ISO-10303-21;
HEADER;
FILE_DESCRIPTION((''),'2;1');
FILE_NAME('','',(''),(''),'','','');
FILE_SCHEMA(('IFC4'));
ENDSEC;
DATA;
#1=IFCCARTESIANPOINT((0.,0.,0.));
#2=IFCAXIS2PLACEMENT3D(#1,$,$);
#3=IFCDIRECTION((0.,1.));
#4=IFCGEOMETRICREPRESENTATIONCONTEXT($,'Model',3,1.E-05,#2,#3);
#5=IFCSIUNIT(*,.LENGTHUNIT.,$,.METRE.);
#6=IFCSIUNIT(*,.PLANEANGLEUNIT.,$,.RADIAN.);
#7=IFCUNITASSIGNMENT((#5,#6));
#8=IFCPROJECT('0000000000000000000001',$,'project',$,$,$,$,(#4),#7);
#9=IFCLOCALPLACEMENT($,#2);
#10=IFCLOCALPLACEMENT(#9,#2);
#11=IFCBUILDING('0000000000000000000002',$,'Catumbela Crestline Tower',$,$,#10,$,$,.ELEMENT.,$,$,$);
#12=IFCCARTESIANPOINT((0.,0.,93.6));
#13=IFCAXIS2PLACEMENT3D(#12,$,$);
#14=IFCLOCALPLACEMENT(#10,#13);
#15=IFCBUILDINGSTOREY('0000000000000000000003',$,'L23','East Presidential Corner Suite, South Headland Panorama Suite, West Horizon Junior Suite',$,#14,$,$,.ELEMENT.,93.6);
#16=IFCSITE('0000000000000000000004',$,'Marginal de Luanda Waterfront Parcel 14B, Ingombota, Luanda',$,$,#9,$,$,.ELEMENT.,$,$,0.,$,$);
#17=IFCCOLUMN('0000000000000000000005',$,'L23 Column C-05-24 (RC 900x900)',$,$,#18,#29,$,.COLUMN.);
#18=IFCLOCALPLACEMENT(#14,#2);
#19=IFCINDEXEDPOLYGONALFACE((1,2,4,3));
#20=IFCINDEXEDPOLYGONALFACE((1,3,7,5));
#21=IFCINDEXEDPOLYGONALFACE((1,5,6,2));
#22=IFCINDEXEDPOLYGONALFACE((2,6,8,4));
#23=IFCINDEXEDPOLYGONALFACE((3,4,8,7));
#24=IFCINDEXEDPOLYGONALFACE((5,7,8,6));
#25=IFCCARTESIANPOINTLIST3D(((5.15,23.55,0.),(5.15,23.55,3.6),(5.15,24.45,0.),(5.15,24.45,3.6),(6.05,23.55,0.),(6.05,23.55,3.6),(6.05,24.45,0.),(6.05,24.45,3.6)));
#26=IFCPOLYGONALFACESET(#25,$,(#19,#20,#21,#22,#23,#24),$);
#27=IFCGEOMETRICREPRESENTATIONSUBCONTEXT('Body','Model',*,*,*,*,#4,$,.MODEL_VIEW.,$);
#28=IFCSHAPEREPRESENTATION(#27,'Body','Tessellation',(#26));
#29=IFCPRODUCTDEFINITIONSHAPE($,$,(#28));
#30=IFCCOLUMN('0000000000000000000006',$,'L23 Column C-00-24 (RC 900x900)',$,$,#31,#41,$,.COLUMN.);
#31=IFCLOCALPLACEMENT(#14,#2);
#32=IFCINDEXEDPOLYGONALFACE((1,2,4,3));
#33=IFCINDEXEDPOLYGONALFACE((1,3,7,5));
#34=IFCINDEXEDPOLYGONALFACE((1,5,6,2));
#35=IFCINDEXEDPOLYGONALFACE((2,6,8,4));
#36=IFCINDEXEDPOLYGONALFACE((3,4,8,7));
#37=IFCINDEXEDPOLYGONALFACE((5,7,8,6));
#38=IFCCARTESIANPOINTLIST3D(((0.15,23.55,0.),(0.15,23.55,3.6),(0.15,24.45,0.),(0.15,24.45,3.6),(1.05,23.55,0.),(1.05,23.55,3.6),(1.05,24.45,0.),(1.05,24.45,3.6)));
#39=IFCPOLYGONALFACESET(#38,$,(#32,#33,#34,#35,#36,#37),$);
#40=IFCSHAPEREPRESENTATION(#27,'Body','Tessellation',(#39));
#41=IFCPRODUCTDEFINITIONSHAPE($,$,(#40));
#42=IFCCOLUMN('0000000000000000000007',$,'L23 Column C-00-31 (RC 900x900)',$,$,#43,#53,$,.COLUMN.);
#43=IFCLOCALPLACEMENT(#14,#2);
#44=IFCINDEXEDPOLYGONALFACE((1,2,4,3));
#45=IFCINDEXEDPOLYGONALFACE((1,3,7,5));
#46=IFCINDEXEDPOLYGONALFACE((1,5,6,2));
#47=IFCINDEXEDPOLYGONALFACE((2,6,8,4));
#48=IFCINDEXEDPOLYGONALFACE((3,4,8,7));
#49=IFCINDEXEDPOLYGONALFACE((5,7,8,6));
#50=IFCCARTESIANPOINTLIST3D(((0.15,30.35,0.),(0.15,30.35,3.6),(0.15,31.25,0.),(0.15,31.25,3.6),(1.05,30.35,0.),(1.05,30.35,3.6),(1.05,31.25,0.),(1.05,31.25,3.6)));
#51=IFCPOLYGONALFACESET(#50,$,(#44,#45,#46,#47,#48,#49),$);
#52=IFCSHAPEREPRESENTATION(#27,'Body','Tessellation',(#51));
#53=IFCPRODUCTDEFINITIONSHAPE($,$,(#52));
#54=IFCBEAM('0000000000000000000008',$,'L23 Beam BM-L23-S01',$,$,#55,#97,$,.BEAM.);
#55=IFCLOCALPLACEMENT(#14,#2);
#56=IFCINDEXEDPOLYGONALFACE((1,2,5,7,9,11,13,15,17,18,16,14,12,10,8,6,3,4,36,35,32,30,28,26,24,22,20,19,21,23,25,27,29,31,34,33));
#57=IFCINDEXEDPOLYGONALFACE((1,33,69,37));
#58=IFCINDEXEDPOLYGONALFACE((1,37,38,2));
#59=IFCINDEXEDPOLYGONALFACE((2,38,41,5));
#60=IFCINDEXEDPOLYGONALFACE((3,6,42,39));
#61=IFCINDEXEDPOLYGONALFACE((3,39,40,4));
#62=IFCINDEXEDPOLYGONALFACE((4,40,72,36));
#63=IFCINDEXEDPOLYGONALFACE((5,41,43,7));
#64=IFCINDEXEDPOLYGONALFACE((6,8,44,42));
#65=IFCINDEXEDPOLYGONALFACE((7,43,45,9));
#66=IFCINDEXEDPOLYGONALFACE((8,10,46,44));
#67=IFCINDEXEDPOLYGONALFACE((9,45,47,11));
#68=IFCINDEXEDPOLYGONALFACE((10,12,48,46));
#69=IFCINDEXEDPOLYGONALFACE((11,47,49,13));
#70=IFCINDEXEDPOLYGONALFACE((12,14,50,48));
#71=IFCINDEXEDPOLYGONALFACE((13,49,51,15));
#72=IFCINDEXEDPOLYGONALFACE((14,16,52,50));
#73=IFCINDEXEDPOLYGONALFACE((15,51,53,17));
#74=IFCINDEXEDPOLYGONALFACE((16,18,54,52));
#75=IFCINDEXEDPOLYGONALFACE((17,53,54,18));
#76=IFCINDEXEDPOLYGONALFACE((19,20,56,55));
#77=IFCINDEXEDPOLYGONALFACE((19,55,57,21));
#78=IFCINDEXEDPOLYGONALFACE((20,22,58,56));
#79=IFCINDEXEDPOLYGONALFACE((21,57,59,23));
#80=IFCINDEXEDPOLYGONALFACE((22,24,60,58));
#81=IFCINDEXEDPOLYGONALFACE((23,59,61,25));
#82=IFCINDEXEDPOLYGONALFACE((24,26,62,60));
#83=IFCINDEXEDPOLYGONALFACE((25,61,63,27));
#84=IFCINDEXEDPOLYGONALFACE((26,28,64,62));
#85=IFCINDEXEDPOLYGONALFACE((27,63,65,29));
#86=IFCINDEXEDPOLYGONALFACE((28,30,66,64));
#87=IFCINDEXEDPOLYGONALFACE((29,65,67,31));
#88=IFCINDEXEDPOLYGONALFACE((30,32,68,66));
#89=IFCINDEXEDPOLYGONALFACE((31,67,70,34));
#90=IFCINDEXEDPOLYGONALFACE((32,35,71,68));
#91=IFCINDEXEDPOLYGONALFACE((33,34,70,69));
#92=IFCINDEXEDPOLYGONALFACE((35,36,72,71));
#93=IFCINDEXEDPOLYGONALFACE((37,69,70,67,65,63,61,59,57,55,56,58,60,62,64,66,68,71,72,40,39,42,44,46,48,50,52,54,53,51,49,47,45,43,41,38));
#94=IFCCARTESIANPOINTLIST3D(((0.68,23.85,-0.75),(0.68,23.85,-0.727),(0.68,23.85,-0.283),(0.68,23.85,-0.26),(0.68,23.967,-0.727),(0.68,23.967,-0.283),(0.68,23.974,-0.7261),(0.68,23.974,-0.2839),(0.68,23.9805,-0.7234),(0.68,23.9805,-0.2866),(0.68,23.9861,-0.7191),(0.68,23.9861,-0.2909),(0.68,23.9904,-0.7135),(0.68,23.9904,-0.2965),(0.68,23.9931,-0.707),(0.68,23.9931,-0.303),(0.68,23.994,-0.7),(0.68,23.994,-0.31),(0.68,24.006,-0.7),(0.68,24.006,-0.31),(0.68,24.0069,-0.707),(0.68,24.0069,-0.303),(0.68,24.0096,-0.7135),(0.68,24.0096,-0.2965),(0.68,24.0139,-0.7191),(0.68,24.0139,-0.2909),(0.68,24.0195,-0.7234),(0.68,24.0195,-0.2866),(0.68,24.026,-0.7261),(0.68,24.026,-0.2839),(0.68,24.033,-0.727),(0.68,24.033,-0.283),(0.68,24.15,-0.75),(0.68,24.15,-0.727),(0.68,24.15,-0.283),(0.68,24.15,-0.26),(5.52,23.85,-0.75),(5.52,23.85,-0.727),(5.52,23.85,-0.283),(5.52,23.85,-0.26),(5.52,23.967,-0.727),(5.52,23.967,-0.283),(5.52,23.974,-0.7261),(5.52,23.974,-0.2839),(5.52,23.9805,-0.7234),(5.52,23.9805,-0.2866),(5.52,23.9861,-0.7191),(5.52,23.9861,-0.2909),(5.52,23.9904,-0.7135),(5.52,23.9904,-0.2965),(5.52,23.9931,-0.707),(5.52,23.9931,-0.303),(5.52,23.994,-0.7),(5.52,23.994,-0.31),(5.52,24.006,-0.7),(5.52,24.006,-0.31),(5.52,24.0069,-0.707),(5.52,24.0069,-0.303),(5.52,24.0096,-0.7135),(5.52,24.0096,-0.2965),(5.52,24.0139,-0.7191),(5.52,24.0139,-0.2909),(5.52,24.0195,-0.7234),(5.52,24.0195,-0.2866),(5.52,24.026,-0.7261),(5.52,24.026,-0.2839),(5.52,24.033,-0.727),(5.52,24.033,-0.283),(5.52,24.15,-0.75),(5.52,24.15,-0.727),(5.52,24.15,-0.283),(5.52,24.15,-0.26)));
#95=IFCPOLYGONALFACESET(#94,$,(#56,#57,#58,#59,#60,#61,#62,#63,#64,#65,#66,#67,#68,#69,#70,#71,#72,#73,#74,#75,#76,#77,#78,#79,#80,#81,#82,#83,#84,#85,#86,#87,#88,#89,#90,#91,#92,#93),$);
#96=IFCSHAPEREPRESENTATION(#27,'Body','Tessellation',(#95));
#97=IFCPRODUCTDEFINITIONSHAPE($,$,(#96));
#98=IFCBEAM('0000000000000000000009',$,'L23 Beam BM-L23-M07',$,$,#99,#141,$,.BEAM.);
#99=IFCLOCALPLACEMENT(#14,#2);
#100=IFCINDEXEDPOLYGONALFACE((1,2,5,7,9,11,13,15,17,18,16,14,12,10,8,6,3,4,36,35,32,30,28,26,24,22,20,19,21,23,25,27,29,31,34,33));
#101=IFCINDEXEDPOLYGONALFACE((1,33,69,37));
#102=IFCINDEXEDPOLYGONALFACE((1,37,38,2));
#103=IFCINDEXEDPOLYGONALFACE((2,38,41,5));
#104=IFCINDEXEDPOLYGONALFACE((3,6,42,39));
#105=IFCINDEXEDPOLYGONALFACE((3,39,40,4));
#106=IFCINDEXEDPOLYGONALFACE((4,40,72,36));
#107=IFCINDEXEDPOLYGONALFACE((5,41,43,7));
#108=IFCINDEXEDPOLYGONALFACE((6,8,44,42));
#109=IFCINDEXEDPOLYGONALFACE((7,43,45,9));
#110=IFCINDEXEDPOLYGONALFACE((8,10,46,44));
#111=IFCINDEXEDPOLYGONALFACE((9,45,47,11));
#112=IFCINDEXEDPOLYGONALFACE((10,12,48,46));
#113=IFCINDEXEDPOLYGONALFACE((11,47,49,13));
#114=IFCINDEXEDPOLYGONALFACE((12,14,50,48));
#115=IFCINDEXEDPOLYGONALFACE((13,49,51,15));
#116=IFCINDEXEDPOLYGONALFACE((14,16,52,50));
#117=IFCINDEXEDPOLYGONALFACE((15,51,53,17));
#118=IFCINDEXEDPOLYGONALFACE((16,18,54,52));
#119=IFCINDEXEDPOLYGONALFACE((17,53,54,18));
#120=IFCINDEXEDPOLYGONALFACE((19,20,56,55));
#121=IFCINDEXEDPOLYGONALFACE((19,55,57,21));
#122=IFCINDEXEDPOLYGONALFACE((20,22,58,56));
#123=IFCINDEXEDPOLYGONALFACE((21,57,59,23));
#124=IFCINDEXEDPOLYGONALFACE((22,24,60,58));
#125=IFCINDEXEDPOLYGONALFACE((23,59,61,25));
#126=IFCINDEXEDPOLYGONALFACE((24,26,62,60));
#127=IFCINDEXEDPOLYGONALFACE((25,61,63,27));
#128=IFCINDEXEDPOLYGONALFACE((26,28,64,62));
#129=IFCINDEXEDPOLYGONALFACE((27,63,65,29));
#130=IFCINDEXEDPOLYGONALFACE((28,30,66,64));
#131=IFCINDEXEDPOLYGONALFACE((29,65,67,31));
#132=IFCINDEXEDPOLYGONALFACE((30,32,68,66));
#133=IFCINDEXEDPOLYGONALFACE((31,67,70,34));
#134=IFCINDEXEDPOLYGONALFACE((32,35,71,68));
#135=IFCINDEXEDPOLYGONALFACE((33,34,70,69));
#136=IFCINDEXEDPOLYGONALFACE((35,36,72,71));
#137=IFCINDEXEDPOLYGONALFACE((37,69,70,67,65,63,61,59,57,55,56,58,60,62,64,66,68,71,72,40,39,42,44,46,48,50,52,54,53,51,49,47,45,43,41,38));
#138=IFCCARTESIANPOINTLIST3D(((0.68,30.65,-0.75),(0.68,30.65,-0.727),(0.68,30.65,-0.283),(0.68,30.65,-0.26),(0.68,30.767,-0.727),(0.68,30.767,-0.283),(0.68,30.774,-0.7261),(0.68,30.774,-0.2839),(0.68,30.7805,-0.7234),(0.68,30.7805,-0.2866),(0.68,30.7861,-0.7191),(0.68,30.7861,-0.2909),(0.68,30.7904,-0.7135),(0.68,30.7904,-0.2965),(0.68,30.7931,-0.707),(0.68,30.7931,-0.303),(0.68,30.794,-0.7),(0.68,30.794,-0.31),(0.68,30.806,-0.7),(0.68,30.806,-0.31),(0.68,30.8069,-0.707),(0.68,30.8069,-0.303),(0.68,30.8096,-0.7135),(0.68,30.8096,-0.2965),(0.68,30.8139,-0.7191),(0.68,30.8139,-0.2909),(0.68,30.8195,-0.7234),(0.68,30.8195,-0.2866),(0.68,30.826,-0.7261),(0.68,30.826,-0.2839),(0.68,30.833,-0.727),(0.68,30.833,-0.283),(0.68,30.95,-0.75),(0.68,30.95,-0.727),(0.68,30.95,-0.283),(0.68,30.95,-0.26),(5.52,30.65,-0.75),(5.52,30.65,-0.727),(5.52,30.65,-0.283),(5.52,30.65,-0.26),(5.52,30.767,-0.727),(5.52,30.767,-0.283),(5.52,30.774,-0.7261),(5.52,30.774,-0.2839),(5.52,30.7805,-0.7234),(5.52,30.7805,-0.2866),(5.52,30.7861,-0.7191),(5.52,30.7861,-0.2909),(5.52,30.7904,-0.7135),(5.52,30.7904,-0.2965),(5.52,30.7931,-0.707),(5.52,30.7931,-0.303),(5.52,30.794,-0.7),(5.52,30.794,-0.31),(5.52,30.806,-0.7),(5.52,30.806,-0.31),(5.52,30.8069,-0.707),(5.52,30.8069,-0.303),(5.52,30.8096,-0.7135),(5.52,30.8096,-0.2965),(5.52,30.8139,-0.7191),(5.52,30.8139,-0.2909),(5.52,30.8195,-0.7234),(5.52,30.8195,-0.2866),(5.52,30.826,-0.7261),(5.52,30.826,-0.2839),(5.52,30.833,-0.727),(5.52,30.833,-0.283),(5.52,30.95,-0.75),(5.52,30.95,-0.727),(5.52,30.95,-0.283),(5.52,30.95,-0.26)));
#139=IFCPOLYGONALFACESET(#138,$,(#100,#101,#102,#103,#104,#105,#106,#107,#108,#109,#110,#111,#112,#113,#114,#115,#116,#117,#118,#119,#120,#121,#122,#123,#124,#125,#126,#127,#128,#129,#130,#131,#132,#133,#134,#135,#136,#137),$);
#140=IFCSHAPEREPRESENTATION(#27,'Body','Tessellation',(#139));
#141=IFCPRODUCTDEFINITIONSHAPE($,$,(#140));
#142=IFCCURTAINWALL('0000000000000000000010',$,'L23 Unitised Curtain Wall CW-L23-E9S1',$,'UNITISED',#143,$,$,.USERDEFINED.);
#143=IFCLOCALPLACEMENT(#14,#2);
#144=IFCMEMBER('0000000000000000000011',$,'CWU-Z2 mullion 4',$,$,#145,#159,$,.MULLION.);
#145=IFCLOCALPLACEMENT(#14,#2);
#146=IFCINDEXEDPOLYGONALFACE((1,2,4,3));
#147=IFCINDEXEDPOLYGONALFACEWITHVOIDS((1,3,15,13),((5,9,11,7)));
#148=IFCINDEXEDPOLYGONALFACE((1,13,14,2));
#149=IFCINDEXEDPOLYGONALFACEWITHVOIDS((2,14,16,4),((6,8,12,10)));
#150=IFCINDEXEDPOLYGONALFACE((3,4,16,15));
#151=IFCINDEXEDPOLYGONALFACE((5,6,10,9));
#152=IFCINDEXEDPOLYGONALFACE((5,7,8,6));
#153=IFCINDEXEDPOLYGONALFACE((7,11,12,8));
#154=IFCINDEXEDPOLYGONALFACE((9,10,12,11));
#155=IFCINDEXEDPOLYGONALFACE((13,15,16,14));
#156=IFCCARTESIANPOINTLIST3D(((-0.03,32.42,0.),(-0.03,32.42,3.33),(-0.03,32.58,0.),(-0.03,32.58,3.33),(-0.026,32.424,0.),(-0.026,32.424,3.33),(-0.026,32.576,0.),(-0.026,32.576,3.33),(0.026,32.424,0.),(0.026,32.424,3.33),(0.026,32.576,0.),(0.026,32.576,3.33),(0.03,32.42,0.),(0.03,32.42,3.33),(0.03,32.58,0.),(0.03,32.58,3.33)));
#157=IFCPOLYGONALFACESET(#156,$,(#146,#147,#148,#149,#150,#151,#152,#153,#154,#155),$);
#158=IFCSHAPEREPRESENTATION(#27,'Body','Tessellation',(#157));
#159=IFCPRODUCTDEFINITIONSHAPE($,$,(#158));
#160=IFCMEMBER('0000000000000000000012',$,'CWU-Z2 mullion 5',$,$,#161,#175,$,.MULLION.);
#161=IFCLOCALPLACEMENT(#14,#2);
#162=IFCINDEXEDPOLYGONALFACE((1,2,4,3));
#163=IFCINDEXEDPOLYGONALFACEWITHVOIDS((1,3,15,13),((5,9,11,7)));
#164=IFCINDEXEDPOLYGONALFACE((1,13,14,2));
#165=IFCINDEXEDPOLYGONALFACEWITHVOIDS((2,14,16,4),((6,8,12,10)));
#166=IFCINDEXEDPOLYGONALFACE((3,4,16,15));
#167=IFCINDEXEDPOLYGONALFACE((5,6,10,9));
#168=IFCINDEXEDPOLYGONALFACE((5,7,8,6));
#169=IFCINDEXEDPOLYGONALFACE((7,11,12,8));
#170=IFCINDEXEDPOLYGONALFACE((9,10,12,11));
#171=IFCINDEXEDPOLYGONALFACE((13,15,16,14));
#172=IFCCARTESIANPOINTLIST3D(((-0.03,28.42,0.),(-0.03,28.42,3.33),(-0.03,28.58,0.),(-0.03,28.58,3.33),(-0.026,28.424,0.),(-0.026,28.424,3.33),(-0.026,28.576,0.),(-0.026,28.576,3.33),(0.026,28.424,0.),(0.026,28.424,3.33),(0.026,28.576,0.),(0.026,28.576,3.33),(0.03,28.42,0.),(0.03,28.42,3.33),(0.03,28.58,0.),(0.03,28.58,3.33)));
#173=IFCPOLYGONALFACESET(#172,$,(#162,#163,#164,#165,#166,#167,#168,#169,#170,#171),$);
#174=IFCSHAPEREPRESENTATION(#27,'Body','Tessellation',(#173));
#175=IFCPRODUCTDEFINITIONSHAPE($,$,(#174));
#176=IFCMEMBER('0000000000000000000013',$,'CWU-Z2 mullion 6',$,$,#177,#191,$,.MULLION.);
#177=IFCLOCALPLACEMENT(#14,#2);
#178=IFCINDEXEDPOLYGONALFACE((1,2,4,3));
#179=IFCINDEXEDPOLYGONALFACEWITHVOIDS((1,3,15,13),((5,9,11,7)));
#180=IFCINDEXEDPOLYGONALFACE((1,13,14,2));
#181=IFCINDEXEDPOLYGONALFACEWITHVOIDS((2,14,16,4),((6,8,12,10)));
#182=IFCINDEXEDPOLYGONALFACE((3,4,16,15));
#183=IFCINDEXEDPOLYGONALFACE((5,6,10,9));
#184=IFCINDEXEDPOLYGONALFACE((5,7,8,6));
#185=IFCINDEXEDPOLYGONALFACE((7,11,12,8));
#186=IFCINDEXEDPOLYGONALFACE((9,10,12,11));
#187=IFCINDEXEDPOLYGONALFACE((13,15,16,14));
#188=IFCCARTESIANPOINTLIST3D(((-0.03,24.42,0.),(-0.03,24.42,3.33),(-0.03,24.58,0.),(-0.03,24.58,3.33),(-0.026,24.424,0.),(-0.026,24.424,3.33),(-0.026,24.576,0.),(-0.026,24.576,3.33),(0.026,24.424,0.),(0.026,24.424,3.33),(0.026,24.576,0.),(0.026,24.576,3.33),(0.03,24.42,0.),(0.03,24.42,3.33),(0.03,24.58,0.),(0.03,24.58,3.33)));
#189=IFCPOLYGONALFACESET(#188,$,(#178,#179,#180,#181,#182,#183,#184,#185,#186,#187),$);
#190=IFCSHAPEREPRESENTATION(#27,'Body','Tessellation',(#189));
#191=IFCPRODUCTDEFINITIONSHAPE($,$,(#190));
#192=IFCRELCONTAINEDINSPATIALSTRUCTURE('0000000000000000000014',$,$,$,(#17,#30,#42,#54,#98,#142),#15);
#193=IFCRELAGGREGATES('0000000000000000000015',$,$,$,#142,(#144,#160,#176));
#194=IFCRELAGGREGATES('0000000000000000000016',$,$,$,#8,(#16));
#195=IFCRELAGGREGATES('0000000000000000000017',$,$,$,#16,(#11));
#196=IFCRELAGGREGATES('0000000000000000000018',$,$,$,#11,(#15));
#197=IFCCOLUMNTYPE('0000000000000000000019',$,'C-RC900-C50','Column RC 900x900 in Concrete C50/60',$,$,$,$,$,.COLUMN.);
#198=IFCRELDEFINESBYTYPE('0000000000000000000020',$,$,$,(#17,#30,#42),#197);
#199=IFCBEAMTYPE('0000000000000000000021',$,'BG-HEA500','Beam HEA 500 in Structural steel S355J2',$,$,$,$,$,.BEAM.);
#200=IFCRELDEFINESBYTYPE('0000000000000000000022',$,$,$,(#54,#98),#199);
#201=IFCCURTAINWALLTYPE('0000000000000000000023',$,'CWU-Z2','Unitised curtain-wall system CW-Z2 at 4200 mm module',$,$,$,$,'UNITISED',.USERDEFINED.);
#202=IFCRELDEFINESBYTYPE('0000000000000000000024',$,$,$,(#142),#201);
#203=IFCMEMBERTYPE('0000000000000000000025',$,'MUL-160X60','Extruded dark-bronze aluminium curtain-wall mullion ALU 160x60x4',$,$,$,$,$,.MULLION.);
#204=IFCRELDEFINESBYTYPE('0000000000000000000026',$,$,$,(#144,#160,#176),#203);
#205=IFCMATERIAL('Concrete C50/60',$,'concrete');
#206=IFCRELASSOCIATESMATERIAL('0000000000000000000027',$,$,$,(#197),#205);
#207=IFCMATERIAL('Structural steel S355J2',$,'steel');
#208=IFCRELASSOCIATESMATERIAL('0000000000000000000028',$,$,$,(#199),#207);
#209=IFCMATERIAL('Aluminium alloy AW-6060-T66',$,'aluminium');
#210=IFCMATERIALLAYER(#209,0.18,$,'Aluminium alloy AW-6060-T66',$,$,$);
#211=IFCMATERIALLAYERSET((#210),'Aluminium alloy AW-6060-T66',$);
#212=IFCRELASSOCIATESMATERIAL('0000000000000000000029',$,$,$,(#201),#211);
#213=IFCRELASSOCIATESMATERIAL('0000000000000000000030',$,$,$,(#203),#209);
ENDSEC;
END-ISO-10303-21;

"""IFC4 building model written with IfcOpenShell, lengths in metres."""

from ifc_helpers import new_model, si_unit, direction, frame, origin, origin_2d, place, context, subcontext, project, spatial, rectangle, hollow_rectangle, i_section, extrude, material, layer, layer_set, material_profile, profile_set, type_object, element, aggregate, save


model = new_model("IFC4")

# Units and contexts
model_context = context("Model", 3, precision=1e-05, world=origin(), true_north=direction((0.0, 1.0)))
body_context = subcontext(model_context, "Body", "Model", "MODEL_VIEW")
ifc_project = project(units=[si_unit("LENGTHUNIT", "METRE"), si_unit("PLANEANGLEUNIT", "RADIAN")], contexts=[model_context])

# Site, building, storey
site_placement = place(None, origin())
site = spatial("IfcSite", under=ifc_project, at=site_placement, Name="Marginal de Luanda Waterfront Parcel 14B, Ingombota, Luanda", CompositionType="ELEMENT", RefElevation=0.0)
building_placement = place(site_placement, origin())
building = spatial("IfcBuilding", under=site, at=building_placement, Name="Catumbela Crestline Tower", CompositionType="ELEMENT")
storey_placement = place(building_placement, frame((0.0, 0.0, 93.6)))
storey = spatial("IfcBuildingStorey", under=building, at=storey_placement, Name="L23", Description="East Presidential Corner Suite, South Headland Panorama Suite, West Horizon Junior Suite", CompositionType="ELEMENT", Elevation=93.6)

# Columns
ifc_material_1 = material(Name="Concrete C50/60", Category="concrete")
ifc_material_profile_1 = material_profile(ifc_material_1, rectangle(XDim=0.9, YDim=0.9, at=origin_2d()), Name="RC 900x900")
ifc_profile_set_1 = profile_set([ifc_material_profile_1], Name="Concrete C50/60")
column_type = type_object("IfcColumnType", Name="C-RC900-C50", Description="Column RC 900x900 in Concrete C50/60", PredefinedType="COLUMN", material=ifc_profile_set_1)
for number, where, z_axis, x_axis, name in (
    (1, (5.6, 24.0, 0.0), (0.0, 0.0, 1.0), (1.0, 0.0, 0.0), "L23 Column C-05-24 (RC 900x900)"),
    (2, (0.6, 24.0, 0.0), (0.0, 0.0, 1.0), (1.0, 0.0, 0.0), "L23 Column C-00-24 (RC 900x900)"),
    (3, (0.6, 30.8, 0.0), (0.0, 0.0, 1.0), (1.0, 0.0, 0.0), "L23 Column C-00-31 (RC 900x900)"),
):
    element("IfcColumn", number, at=place(storey_placement, frame(where, z_axis=z_axis, x_axis=x_axis)), inside=storey, type_object=column_type, Name=name, PredefinedType="COLUMN", context=body_context, shape_type="SweptSolid", body=[
        extrude(rectangle(XDim=0.9, YDim=0.9, at=origin_2d()), origin(), (0.0, 0.0, 1.0), 3.6),
    ])

# Beams
ifc_material_2 = material(Name="Structural steel S355J2", Category="steel")
ifc_material_profile_2 = material_profile(ifc_material_2, i_section(OverallWidth=0.3, OverallDepth=0.49, WebThickness=0.012, FlangeThickness=0.023, FilletRadius=0.027, at=origin_2d()), Name="HEA 500")
ifc_profile_set_2 = profile_set([ifc_material_profile_2], Name="Structural steel S355J2")
beam_type_1 = type_object("IfcBeamType", Name="BG-HEA500", Description="Beam HEA 500 in Structural steel S355J2", PredefinedType="BEAM", material=ifc_profile_set_2)
for number, where, z_axis, x_axis, name in (
    (4, (0.68, 24.0, -0.505), (1.0, 0.0, 0.0), (0.0, 1.0, 0.0), "L23 Beam BM-L23-S01"),
    (5, (0.68, 30.8, -0.505), (1.0, 0.0, 0.0), (0.0, 1.0, 0.0), "L23 Beam BM-L23-M07"),
):
    element("IfcBeam", number, at=place(storey_placement, frame(where, z_axis=z_axis, x_axis=x_axis)), inside=storey, type_object=beam_type_1, Name=name, PredefinedType="BEAM", context=body_context, shape_type="SweptSolid", body=[
        extrude(i_section(OverallWidth=0.3, OverallDepth=0.49, WebThickness=0.012, FlangeThickness=0.023, FilletRadius=0.027, at=origin_2d()), origin(), (0.0, 0.0, 1.0), 4.84),
    ])

# Curtain wall, members
ifc_material_3 = material(Name="Aluminium alloy AW-6060-T66", Category="aluminium")
ifc_layer_1 = layer(ifc_material_3, 0.18, Name="Aluminium alloy AW-6060-T66")
ifc_layer_set_1 = layer_set([ifc_layer_1], Name="Aluminium alloy AW-6060-T66")
curtain_wall_type = type_object("IfcCurtainWallType", Name="CWU-Z2", Description="Unitised curtain-wall system CW-Z2 at 4200 mm module", ElementType="UNITISED", PredefinedType="USERDEFINED", material=ifc_layer_set_1)
curtain_wall_placement = place(storey_placement, origin())
curtain_wall = element("IfcCurtainWall", 6, at=curtain_wall_placement, inside=storey, type_object=curtain_wall_type, Name="L23 Unitised Curtain Wall CW-L23-E9S1", ObjectType="UNITISED", PredefinedType="USERDEFINED")
ifc_material_profile_3 = material_profile(ifc_material_3, hollow_rectangle(XDim=0.06, YDim=0.16, WallThickness=0.004, at=origin_2d()), Name="ALU 160x60x4")
ifc_profile_set_3 = profile_set([ifc_material_profile_3], Name="Aluminium alloy AW-6060-T66")
member_type_1 = type_object("IfcMemberType", Name="MUL-160X60", Description="Extruded dark-bronze aluminium curtain-wall mullion ALU 160x60x4", PredefinedType="MULLION", material=ifc_profile_set_3)
member_1_placement = place(storey_placement, frame((0.0, 32.5, 0.0), z_axis=(0.0, 0.0, 1.0), x_axis=(1.0, 0.0, 0.0)))
member_1 = element("IfcMember", 7, at=member_1_placement, type_object=member_type_1, Name="CWU-Z2 mullion 4", PredefinedType="MULLION", context=body_context, shape_type="SweptSolid", body=[
    extrude(hollow_rectangle(XDim=0.06, YDim=0.16, WallThickness=0.004, at=origin_2d()), origin(), (0.0, 0.0, 1.0), 3.33),
])
member_2_placement = place(storey_placement, frame((0.0, 28.5, 0.0), z_axis=(0.0, 0.0, 1.0), x_axis=(1.0, 0.0, 0.0)))
member_2 = element("IfcMember", 8, at=member_2_placement, type_object=member_type_1, Name="CWU-Z2 mullion 5", PredefinedType="MULLION", context=body_context, shape_type="SweptSolid", body=[
    extrude(hollow_rectangle(XDim=0.06, YDim=0.16, WallThickness=0.004, at=origin_2d()), origin(), (0.0, 0.0, 1.0), 3.33),
])
member_3_placement = place(storey_placement, frame((0.0, 24.5, 0.0), z_axis=(0.0, 0.0, 1.0), x_axis=(1.0, 0.0, 0.0)))
member_3 = element("IfcMember", 9, at=member_3_placement, type_object=member_type_1, Name="CWU-Z2 mullion 6", PredefinedType="MULLION", context=body_context, shape_type="SweptSolid", body=[
    extrude(hollow_rectangle(XDim=0.06, YDim=0.16, WallThickness=0.004, at=origin_2d()), origin(), (0.0, 0.0, 1.0), 3.33),
])

aggregate(curtain_wall, [member_1, member_2, member_3])

save(model, "model.ifc")
